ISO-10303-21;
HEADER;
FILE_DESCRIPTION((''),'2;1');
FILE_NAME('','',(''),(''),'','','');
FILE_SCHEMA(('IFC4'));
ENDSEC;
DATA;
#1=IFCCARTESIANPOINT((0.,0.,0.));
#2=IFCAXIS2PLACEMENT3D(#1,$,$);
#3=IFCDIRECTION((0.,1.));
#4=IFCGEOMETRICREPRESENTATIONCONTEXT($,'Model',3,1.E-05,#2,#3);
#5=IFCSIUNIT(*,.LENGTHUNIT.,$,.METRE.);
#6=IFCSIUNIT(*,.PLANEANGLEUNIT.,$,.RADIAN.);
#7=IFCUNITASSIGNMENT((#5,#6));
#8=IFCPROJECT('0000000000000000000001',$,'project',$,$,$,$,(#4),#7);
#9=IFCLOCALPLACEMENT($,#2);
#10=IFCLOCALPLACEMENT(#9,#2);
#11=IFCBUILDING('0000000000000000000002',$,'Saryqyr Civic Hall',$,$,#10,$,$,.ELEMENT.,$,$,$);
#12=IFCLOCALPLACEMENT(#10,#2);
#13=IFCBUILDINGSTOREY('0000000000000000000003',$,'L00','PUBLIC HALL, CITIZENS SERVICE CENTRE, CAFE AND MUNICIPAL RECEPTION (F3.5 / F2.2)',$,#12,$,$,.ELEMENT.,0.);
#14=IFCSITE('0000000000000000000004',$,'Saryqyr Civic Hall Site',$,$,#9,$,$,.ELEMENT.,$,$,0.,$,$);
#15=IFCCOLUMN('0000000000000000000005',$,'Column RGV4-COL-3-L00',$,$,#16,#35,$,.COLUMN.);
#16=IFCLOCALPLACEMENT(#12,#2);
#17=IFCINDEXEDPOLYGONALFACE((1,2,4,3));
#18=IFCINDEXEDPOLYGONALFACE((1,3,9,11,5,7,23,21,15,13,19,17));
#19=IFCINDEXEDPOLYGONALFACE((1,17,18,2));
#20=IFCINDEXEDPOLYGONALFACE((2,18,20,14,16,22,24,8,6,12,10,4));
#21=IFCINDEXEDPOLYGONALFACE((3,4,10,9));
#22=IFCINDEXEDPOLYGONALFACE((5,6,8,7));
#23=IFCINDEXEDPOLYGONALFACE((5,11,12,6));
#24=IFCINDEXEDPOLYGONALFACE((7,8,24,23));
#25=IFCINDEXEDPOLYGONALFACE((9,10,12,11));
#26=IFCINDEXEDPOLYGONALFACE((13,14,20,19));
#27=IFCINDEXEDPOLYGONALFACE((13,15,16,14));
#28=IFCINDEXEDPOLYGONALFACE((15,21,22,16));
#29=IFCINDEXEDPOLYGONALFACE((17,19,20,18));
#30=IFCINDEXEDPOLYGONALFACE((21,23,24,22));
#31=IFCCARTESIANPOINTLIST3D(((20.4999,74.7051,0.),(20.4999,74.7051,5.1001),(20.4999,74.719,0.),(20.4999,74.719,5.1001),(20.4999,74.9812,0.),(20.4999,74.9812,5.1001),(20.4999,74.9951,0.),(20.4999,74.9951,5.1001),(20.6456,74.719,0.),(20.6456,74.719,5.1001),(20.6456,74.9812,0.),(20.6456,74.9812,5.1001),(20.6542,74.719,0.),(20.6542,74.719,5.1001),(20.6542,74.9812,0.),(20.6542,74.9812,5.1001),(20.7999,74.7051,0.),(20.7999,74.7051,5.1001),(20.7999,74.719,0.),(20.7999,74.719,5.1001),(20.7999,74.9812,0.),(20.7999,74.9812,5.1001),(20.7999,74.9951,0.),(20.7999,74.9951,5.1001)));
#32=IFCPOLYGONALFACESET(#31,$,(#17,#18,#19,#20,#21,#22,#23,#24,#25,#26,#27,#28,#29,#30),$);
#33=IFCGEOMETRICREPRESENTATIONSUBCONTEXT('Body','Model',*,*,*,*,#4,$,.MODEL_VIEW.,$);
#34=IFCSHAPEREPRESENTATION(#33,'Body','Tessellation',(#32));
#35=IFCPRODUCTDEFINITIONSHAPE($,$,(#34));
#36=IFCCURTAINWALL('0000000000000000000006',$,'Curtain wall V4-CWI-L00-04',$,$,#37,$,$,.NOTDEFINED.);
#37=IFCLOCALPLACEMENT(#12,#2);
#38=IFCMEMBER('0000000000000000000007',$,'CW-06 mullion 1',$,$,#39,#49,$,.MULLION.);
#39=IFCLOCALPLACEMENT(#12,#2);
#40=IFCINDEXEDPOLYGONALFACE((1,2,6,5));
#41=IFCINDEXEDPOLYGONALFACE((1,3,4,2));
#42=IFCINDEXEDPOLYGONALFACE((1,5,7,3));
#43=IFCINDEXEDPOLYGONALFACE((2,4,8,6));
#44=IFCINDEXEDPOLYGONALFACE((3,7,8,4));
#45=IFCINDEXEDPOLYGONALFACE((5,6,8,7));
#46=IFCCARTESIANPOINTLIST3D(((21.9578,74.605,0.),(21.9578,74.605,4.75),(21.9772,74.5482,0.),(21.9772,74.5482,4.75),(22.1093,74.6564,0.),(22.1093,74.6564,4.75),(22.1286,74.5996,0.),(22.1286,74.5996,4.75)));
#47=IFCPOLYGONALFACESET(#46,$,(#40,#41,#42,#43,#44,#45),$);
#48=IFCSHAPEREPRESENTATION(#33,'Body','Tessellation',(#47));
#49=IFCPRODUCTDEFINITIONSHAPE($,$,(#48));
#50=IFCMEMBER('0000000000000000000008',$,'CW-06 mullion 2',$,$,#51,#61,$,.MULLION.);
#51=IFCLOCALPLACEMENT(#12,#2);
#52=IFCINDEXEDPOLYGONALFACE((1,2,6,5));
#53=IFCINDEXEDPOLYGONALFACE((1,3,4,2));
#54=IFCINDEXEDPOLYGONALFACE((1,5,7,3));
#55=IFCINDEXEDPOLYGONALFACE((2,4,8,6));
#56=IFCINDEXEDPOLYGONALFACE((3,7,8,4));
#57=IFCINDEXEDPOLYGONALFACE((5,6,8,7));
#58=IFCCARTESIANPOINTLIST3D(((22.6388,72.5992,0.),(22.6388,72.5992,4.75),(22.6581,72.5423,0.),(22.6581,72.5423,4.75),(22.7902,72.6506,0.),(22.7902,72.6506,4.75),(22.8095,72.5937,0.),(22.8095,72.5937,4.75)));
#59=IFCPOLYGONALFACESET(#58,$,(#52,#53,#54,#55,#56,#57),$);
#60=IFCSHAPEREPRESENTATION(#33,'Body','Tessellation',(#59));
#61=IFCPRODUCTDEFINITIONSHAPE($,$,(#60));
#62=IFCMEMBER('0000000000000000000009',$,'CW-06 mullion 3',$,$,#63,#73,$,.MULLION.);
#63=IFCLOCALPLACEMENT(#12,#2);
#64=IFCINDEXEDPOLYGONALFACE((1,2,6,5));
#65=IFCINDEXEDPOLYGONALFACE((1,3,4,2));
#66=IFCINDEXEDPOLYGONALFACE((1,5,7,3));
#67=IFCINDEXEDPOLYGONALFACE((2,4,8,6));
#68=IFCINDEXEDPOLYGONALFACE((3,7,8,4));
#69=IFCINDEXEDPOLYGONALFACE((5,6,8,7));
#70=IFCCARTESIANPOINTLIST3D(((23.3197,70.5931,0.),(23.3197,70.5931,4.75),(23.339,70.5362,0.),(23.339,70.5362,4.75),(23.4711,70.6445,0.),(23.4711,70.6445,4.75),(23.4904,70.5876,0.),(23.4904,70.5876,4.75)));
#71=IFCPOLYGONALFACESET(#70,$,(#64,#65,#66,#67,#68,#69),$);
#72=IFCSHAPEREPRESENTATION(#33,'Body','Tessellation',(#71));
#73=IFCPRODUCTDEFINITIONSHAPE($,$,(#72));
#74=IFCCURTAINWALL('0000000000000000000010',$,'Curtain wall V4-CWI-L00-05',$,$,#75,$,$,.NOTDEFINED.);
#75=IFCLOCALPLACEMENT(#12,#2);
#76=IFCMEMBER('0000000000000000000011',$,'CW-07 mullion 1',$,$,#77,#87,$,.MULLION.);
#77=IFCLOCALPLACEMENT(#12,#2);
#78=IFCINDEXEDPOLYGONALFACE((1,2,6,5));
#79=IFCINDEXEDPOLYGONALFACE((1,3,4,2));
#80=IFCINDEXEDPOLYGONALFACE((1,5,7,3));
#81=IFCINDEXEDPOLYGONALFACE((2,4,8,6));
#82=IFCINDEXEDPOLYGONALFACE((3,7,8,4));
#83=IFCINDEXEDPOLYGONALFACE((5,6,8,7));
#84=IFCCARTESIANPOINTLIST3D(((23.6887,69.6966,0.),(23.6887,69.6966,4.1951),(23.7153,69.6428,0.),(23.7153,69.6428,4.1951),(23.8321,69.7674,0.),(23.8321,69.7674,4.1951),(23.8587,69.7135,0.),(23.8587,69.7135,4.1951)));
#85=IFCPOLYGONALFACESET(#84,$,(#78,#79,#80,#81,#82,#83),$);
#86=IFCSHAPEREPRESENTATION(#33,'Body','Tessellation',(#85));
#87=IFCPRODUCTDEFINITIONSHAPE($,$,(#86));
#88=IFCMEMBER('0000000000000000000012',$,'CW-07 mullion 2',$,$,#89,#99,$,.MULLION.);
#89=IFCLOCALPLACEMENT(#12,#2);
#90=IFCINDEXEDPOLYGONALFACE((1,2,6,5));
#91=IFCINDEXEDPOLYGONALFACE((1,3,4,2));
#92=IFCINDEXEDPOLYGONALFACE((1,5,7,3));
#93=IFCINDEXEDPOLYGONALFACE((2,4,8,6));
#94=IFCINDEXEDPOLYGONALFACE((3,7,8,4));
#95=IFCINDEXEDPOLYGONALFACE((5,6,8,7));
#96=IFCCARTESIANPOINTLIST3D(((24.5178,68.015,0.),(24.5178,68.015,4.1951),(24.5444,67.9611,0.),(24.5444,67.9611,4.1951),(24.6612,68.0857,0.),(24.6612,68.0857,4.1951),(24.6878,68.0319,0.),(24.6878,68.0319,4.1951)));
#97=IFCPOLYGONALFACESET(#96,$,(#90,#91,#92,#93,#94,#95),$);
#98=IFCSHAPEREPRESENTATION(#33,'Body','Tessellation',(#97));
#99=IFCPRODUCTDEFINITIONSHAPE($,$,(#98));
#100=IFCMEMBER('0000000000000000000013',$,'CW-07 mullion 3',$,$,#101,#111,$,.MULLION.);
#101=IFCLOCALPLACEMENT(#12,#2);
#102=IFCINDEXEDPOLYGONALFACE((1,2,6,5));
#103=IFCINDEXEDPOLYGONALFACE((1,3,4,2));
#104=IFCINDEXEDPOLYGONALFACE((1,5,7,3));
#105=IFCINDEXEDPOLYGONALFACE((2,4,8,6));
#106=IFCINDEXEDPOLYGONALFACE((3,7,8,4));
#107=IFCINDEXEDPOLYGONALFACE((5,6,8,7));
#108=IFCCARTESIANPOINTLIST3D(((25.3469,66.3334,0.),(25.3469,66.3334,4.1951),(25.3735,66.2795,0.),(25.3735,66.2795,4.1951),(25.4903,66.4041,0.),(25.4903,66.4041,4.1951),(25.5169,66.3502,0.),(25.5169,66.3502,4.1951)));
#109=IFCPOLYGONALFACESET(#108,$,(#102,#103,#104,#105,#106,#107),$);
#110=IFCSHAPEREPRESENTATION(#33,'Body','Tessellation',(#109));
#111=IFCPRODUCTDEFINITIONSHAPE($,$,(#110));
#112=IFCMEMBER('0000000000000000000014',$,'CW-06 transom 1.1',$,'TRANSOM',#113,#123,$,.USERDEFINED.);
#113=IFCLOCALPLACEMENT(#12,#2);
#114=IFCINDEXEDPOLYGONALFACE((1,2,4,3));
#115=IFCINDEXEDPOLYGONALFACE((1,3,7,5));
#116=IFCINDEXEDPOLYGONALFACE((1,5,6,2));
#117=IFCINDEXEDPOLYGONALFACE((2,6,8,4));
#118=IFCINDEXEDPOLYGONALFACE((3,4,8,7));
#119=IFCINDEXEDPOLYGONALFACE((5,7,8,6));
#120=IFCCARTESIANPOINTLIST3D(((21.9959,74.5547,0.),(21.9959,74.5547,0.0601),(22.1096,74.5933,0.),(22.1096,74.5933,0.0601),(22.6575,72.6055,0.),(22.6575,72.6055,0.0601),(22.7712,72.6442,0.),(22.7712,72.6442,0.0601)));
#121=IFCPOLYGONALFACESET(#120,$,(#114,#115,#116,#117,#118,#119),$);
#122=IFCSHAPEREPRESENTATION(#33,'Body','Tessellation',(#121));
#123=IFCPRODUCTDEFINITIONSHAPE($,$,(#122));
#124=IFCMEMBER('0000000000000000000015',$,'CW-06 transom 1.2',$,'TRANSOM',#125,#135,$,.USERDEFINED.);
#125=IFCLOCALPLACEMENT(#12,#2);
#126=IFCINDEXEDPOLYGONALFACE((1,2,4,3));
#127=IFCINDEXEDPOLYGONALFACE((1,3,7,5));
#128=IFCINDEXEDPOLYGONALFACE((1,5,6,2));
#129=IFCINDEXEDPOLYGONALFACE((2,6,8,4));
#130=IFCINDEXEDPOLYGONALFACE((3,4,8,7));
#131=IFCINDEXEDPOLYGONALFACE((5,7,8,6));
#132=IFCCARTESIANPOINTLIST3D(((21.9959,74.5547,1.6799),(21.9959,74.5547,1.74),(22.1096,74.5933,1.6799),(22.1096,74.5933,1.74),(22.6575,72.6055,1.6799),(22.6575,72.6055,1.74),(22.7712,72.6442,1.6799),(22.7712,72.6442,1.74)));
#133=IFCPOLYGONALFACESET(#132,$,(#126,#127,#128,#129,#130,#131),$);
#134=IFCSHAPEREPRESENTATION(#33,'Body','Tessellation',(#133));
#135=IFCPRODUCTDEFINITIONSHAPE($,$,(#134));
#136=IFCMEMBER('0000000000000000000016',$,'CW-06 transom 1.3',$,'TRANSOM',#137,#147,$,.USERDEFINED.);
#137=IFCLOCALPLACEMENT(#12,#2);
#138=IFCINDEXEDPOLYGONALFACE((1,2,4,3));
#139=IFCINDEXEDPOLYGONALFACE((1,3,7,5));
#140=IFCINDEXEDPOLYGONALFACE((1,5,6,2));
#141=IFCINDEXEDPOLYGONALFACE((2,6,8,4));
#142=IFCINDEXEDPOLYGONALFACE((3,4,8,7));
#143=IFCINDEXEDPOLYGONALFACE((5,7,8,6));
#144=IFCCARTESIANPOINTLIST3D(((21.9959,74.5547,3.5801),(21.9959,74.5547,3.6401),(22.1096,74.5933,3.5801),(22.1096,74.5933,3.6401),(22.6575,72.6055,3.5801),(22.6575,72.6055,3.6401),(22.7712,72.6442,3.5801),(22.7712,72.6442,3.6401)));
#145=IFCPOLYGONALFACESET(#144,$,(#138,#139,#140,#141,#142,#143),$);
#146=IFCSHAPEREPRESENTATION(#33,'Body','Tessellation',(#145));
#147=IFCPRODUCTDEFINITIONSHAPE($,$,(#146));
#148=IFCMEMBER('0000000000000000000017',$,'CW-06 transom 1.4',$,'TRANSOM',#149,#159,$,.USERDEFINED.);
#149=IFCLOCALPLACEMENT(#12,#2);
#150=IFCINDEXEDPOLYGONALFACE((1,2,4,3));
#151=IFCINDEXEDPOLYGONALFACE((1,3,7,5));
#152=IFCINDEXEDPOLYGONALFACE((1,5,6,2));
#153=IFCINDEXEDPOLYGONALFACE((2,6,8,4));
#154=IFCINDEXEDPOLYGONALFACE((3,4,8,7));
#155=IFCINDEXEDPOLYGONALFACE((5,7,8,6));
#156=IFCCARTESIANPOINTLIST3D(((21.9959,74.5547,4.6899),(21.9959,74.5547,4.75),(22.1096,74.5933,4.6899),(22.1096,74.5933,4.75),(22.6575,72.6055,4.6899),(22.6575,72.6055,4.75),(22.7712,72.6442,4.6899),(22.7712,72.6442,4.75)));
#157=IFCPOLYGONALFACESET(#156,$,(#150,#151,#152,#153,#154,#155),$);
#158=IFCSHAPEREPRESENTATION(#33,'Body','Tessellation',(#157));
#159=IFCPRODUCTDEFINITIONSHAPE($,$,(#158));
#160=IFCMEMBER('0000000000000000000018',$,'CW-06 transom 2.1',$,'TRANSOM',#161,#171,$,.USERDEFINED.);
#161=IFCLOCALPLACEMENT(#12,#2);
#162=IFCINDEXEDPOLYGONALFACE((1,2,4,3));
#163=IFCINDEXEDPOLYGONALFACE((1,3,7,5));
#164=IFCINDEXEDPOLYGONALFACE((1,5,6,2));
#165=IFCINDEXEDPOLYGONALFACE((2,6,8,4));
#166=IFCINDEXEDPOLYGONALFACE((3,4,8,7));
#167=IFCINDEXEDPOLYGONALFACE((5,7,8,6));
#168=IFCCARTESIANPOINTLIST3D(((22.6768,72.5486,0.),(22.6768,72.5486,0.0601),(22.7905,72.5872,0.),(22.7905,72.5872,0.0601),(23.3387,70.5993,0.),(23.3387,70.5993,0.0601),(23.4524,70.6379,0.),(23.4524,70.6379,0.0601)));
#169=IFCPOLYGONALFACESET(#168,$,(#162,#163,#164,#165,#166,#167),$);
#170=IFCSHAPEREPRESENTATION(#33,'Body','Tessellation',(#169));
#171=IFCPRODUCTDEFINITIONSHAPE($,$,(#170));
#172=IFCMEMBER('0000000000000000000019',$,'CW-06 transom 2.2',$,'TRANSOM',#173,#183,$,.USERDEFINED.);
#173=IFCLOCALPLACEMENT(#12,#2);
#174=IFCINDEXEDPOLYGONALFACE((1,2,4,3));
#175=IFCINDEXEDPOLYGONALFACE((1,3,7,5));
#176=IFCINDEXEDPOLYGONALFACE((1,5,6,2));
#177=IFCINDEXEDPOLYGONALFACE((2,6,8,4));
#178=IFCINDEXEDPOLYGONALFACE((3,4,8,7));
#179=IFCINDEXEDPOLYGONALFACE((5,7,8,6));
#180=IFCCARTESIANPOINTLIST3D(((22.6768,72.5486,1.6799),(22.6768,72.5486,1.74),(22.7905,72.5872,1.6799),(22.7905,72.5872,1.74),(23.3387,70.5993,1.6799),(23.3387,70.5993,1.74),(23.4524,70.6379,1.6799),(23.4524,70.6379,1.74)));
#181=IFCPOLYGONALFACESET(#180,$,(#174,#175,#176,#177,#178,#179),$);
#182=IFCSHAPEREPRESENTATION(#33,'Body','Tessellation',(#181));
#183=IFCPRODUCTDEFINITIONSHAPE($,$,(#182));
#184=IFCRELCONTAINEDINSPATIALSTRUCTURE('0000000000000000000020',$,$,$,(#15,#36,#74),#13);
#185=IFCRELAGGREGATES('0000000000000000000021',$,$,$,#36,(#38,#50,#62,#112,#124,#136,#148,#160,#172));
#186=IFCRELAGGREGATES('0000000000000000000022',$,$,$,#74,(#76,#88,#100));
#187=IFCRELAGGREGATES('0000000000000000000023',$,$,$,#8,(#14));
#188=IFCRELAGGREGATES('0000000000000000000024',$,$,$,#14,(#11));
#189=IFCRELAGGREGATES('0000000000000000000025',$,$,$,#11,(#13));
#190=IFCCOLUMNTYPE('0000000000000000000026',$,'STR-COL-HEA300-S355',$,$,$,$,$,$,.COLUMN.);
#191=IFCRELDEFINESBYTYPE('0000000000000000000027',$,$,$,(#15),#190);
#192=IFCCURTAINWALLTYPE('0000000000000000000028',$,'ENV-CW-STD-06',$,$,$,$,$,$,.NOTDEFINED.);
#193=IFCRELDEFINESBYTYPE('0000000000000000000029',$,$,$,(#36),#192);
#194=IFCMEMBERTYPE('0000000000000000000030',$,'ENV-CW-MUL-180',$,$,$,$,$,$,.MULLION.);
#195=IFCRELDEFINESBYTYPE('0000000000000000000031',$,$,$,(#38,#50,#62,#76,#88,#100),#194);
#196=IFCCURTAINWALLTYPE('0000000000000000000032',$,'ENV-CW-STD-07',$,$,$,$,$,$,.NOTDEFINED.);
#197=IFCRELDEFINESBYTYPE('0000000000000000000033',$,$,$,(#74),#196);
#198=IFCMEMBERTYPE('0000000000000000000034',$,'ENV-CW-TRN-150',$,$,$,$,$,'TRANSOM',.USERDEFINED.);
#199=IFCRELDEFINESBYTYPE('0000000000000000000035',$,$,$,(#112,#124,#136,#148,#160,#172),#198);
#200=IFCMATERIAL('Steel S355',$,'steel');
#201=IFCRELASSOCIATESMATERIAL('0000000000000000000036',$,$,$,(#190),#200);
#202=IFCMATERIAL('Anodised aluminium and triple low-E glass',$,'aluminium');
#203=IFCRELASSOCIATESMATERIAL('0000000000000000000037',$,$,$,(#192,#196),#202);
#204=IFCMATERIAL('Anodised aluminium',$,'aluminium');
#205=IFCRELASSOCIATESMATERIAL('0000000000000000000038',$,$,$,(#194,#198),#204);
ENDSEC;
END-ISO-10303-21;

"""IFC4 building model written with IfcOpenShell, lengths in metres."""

from ifc_helpers import new_model, si_unit, direction, frame, origin, origin_2d, place, context, subcontext, project, spatial, rectangle, i_section, extrude, material, material_profile, profile_set, type_object, element, aggregate, save


model = new_model("IFC4")

# Units and contexts
model_context = context("Model", 3, precision=1e-05, world=origin(), true_north=direction((0.0, 1.0)))
body_context = subcontext(model_context, "Body", "Model", "MODEL_VIEW")
ifc_project = project(units=[si_unit("LENGTHUNIT", "METRE"), si_unit("PLANEANGLEUNIT", "RADIAN")], contexts=[model_context])

# Site, building, storey
site_placement = place(None, origin())
site = spatial("IfcSite", under=ifc_project, at=site_placement, Name="Saryqyr Civic Hall Site", CompositionType="ELEMENT", RefElevation=0.0)
building_placement = place(site_placement, origin())
building = spatial("IfcBuilding", under=site, at=building_placement, Name="Saryqyr Civic Hall", CompositionType="ELEMENT")
storey_placement = place(building_placement, origin())
storey = spatial("IfcBuildingStorey", under=building, at=storey_placement, Name="L00", Description="PUBLIC HALL, CITIZENS SERVICE CENTRE, CAFE AND MUNICIPAL RECEPTION (F3.5 / F2.2)", CompositionType="ELEMENT", Elevation=0.0)

# Column
ifc_material_1 = material(Name="Steel S355", Category="steel")
ifc_material_profile_1 = material_profile(ifc_material_1, i_section(OverallWidth=0.3, OverallDepth=0.29, WebThickness=0.0085, FlangeThickness=0.0139, at=origin_2d()), Name="HEA 300")
ifc_profile_set_1 = profile_set([ifc_material_profile_1], Name="Steel S355")
column_type_1 = type_object("IfcColumnType", Name="STR-COL-HEA300-S355", PredefinedType="COLUMN", material=ifc_profile_set_1)
column_placement = place(storey_placement, frame((20.6499, 74.8501, 0.0), z_axis=(0.0, 0.0, 1.0), x_axis=(1.0, 0.0, 0.0)))
element("IfcColumn", 1, at=column_placement, inside=storey, type_object=column_type_1, Name="Column RGV4-COL-3-L00", PredefinedType="COLUMN", context=body_context, shape_type="SweptSolid", body=[
    extrude(i_section(OverallWidth=0.3, OverallDepth=0.29, WebThickness=0.0085, FlangeThickness=0.0139, at=origin_2d()), origin(), (0.0, 0.0, 1.0), 5.1001),
])

# Curtain walls, members
ifc_material_2 = material(Name="Anodised aluminium and triple low-E glass", Category="aluminium")
curtain_wall_type_1 = type_object("IfcCurtainWallType", Name="ENV-CW-STD-06", PredefinedType="NOTDEFINED", material=ifc_material_2)
curtain_wall_1_placement = place(storey_placement, origin())
curtain_wall_1 = element("IfcCurtainWall", 2, at=curtain_wall_1_placement, inside=storey, type_object=curtain_wall_type_1, Name="Curtain wall V4-CWI-L00-04", PredefinedType="NOTDEFINED")
ifc_material_3 = material(Name="Anodised aluminium", Category="aluminium")
ifc_material_profile_2 = material_profile(ifc_material_3, rectangle(XDim=0.0601, YDim=0.1599, at=origin_2d()), Name="ALU MULLION 60x160")
ifc_profile_set_2 = profile_set([ifc_material_profile_2], Name="Anodised aluminium")
member_type_1 = type_object("IfcMemberType", Name="ENV-CW-MUL-180", PredefinedType="MULLION", material=ifc_profile_set_2)
member_1_placement = place(storey_placement, frame((22.0432, 74.6023, 0.0), z_axis=(0.0, 0.0, 1.0), x_axis=(0.321438, -0.946931, 0.0)))
member_1 = element("IfcMember", 3, at=member_1_placement, type_object=member_type_1, Name="CW-06 mullion 1", PredefinedType="MULLION", context=body_context, shape_type="SweptSolid", body=[
    extrude(rectangle(XDim=0.0601, YDim=0.1599, at=origin_2d()), origin(), (0.0, 0.0, 1.0), 4.75),
])
member_2_placement = place(storey_placement, frame((22.7241, 72.5964, 0.0), z_axis=(0.0, 0.0, 1.0), x_axis=(0.321438, -0.946931, 0.0)))
member_2 = element("IfcMember", 4, at=member_2_placement, type_object=member_type_1, Name="CW-06 mullion 2", PredefinedType="MULLION", context=body_context, shape_type="SweptSolid", body=[
    extrude(rectangle(XDim=0.0601, YDim=0.1599, at=origin_2d()), origin(), (0.0, 0.0, 1.0), 4.75),
])
member_3_placement = place(storey_placement, frame((23.405, 70.5903, 0.0), z_axis=(0.0, 0.0, 1.0), x_axis=(0.321438, -0.946931, 0.0)))
member_3 = element("IfcMember", 5, at=member_3_placement, type_object=member_type_1, Name="CW-06 mullion 3", PredefinedType="MULLION", context=body_context, shape_type="SweptSolid", body=[
    extrude(rectangle(XDim=0.0601, YDim=0.1599, at=origin_2d()), origin(), (0.0, 0.0, 1.0), 4.75),
])
curtain_wall_type_2 = type_object("IfcCurtainWallType", Name="ENV-CW-STD-07", PredefinedType="NOTDEFINED", material=ifc_material_2)
curtain_wall_2_placement = place(storey_placement, origin())
curtain_wall_2 = element("IfcCurtainWall", 6, at=curtain_wall_2_placement, inside=storey, type_object=curtain_wall_type_2, Name="Curtain wall V4-CWI-L00-05", PredefinedType="NOTDEFINED")
member_4_placement = place(storey_placement, frame((23.7737, 69.7051, 0.0), z_axis=(0.0, 0.0, 1.0), x_axis=(0.442262, -0.896886, 0.0)))
member_4 = element("IfcMember", 7, at=member_4_placement, type_object=member_type_1, Name="CW-07 mullion 1", PredefinedType="MULLION", context=body_context, shape_type="SweptSolid", body=[
    extrude(rectangle(XDim=0.0601, YDim=0.1599, at=origin_2d()), origin(), (0.0, 0.0, 1.0), 4.1951),
])
member_5_placement = place(storey_placement, frame((24.6028, 68.0234, 0.0), z_axis=(0.0, 0.0, 1.0), x_axis=(0.442262, -0.896886, 0.0)))
member_5 = element("IfcMember", 8, at=member_5_placement, type_object=member_type_1, Name="CW-07 mullion 2", PredefinedType="MULLION", context=body_context, shape_type="SweptSolid", body=[
    extrude(rectangle(XDim=0.0601, YDim=0.1599, at=origin_2d()), origin(), (0.0, 0.0, 1.0), 4.1951),
])
member_6_placement = place(storey_placement, frame((25.4319, 66.3418, 0.0), z_axis=(0.0, 0.0, 1.0), x_axis=(0.442262, -0.896886, 0.0)))
member_6 = element("IfcMember", 9, at=member_6_placement, type_object=member_type_1, Name="CW-07 mullion 3", PredefinedType="MULLION", context=body_context, shape_type="SweptSolid", body=[
    extrude(rectangle(XDim=0.0601, YDim=0.1599, at=origin_2d()), origin(), (0.0, 0.0, 1.0), 4.1951),
])

# Members
ifc_material_profile_3 = material_profile(ifc_material_3, rectangle(XDim=0.1201, YDim=0.0601, at=origin_2d()), Name="ALU TRANSOM 120x60")
ifc_profile_set_3 = profile_set([ifc_material_profile_3], Name="Anodised aluminium")
member_type_2 = type_object("IfcMemberType", Name="ENV-CW-TRN-150", ElementType="TRANSOM", PredefinedType="USERDEFINED", material=ifc_profile_set_3)
member_7_placement = place(storey_placement, frame((22.0527, 74.574, 0.03), z_axis=(0.321418, -0.946937, 0.0), x_axis=(0.946937, 0.321418, 0.0)))
member_7 = element("IfcMember", 10, at=member_7_placement, type_object=member_type_2, Name="CW-06 transom 1.1", ObjectType="TRANSOM", PredefinedType="USERDEFINED", context=body_context, shape_type="SweptSolid", body=[
    extrude(rectangle(XDim=0.1201, YDim=0.0601, at=origin_2d()), origin(), (0.0, 0.0, 1.0), 2.0583),
])
member_8_placement = place(storey_placement, frame((22.0527, 74.574, 1.71), z_axis=(0.321418, -0.946937, 0.0), x_axis=(0.946937, 0.321418, 0.0)))
member_8 = element("IfcMember", 11, at=member_8_placement, type_object=member_type_2, Name="CW-06 transom 1.2", ObjectType="TRANSOM", PredefinedType="USERDEFINED", context=body_context, shape_type="SweptSolid", body=[
    extrude(rectangle(XDim=0.1201, YDim=0.0601, at=origin_2d()), origin(), (0.0, 0.0, 1.0), 2.0583),
])
member_9_placement = place(storey_placement, frame((22.0527, 74.574, 3.6101), z_axis=(0.321418, -0.946937, 0.0), x_axis=(0.946937, 0.321418, 0.0)))
member_9 = element("IfcMember", 12, at=member_9_placement, type_object=member_type_2, Name="CW-06 transom 1.3", ObjectType="TRANSOM", PredefinedType="USERDEFINED", context=body_context, shape_type="SweptSolid", body=[
    extrude(rectangle(XDim=0.1201, YDim=0.0601, at=origin_2d()), origin(), (0.0, 0.0, 1.0), 2.0583),
])
member_10_placement = place(storey_placement, frame((22.0527, 74.574, 4.72), z_axis=(0.321418, -0.946937, 0.0), x_axis=(0.946937, 0.321418, 0.0)))
member_10 = element("IfcMember", 13, at=member_10_placement, type_object=member_type_2, Name="CW-06 transom 1.4", ObjectType="TRANSOM", PredefinedType="USERDEFINED", context=body_context, shape_type="SweptSolid", body=[
    extrude(rectangle(XDim=0.1201, YDim=0.0601, at=origin_2d()), origin(), (0.0, 0.0, 1.0), 2.0583),
])
member_11_placement = place(storey_placement, frame((22.7336, 72.5679, 0.03), z_axis=(0.321524, -0.946901, 0.0), x_axis=(0.946901, 0.321524, 0.0)))
member_11 = element("IfcMember", 14, at=member_11_placement, type_object=member_type_2, Name="CW-06 transom 2.1", ObjectType="TRANSOM", PredefinedType="USERDEFINED", context=body_context, shape_type="SweptSolid", body=[
    extrude(rectangle(XDim=0.1201, YDim=0.0601, at=origin_2d()), origin(), (0.0, 0.0, 1.0), 2.0586),
])
member_12_placement = place(storey_placement, frame((22.7336, 72.5679, 1.71), z_axis=(0.321524, -0.946901, 0.0), x_axis=(0.946901, 0.321524, 0.0)))
member_12 = element("IfcMember", 15, at=member_12_placement, type_object=member_type_2, Name="CW-06 transom 2.2", ObjectType="TRANSOM", PredefinedType="USERDEFINED", context=body_context, shape_type="SweptSolid", body=[
    extrude(rectangle(XDim=0.1201, YDim=0.0601, at=origin_2d()), origin(), (0.0, 0.0, 1.0), 2.0586),
])

aggregate(curtain_wall_1, [member_1, member_2, member_3, member_7, member_8, member_9, member_10, member_11, member_12])
aggregate(curtain_wall_2, [member_4, member_5, member_6])

save(model, "model.ifc")
